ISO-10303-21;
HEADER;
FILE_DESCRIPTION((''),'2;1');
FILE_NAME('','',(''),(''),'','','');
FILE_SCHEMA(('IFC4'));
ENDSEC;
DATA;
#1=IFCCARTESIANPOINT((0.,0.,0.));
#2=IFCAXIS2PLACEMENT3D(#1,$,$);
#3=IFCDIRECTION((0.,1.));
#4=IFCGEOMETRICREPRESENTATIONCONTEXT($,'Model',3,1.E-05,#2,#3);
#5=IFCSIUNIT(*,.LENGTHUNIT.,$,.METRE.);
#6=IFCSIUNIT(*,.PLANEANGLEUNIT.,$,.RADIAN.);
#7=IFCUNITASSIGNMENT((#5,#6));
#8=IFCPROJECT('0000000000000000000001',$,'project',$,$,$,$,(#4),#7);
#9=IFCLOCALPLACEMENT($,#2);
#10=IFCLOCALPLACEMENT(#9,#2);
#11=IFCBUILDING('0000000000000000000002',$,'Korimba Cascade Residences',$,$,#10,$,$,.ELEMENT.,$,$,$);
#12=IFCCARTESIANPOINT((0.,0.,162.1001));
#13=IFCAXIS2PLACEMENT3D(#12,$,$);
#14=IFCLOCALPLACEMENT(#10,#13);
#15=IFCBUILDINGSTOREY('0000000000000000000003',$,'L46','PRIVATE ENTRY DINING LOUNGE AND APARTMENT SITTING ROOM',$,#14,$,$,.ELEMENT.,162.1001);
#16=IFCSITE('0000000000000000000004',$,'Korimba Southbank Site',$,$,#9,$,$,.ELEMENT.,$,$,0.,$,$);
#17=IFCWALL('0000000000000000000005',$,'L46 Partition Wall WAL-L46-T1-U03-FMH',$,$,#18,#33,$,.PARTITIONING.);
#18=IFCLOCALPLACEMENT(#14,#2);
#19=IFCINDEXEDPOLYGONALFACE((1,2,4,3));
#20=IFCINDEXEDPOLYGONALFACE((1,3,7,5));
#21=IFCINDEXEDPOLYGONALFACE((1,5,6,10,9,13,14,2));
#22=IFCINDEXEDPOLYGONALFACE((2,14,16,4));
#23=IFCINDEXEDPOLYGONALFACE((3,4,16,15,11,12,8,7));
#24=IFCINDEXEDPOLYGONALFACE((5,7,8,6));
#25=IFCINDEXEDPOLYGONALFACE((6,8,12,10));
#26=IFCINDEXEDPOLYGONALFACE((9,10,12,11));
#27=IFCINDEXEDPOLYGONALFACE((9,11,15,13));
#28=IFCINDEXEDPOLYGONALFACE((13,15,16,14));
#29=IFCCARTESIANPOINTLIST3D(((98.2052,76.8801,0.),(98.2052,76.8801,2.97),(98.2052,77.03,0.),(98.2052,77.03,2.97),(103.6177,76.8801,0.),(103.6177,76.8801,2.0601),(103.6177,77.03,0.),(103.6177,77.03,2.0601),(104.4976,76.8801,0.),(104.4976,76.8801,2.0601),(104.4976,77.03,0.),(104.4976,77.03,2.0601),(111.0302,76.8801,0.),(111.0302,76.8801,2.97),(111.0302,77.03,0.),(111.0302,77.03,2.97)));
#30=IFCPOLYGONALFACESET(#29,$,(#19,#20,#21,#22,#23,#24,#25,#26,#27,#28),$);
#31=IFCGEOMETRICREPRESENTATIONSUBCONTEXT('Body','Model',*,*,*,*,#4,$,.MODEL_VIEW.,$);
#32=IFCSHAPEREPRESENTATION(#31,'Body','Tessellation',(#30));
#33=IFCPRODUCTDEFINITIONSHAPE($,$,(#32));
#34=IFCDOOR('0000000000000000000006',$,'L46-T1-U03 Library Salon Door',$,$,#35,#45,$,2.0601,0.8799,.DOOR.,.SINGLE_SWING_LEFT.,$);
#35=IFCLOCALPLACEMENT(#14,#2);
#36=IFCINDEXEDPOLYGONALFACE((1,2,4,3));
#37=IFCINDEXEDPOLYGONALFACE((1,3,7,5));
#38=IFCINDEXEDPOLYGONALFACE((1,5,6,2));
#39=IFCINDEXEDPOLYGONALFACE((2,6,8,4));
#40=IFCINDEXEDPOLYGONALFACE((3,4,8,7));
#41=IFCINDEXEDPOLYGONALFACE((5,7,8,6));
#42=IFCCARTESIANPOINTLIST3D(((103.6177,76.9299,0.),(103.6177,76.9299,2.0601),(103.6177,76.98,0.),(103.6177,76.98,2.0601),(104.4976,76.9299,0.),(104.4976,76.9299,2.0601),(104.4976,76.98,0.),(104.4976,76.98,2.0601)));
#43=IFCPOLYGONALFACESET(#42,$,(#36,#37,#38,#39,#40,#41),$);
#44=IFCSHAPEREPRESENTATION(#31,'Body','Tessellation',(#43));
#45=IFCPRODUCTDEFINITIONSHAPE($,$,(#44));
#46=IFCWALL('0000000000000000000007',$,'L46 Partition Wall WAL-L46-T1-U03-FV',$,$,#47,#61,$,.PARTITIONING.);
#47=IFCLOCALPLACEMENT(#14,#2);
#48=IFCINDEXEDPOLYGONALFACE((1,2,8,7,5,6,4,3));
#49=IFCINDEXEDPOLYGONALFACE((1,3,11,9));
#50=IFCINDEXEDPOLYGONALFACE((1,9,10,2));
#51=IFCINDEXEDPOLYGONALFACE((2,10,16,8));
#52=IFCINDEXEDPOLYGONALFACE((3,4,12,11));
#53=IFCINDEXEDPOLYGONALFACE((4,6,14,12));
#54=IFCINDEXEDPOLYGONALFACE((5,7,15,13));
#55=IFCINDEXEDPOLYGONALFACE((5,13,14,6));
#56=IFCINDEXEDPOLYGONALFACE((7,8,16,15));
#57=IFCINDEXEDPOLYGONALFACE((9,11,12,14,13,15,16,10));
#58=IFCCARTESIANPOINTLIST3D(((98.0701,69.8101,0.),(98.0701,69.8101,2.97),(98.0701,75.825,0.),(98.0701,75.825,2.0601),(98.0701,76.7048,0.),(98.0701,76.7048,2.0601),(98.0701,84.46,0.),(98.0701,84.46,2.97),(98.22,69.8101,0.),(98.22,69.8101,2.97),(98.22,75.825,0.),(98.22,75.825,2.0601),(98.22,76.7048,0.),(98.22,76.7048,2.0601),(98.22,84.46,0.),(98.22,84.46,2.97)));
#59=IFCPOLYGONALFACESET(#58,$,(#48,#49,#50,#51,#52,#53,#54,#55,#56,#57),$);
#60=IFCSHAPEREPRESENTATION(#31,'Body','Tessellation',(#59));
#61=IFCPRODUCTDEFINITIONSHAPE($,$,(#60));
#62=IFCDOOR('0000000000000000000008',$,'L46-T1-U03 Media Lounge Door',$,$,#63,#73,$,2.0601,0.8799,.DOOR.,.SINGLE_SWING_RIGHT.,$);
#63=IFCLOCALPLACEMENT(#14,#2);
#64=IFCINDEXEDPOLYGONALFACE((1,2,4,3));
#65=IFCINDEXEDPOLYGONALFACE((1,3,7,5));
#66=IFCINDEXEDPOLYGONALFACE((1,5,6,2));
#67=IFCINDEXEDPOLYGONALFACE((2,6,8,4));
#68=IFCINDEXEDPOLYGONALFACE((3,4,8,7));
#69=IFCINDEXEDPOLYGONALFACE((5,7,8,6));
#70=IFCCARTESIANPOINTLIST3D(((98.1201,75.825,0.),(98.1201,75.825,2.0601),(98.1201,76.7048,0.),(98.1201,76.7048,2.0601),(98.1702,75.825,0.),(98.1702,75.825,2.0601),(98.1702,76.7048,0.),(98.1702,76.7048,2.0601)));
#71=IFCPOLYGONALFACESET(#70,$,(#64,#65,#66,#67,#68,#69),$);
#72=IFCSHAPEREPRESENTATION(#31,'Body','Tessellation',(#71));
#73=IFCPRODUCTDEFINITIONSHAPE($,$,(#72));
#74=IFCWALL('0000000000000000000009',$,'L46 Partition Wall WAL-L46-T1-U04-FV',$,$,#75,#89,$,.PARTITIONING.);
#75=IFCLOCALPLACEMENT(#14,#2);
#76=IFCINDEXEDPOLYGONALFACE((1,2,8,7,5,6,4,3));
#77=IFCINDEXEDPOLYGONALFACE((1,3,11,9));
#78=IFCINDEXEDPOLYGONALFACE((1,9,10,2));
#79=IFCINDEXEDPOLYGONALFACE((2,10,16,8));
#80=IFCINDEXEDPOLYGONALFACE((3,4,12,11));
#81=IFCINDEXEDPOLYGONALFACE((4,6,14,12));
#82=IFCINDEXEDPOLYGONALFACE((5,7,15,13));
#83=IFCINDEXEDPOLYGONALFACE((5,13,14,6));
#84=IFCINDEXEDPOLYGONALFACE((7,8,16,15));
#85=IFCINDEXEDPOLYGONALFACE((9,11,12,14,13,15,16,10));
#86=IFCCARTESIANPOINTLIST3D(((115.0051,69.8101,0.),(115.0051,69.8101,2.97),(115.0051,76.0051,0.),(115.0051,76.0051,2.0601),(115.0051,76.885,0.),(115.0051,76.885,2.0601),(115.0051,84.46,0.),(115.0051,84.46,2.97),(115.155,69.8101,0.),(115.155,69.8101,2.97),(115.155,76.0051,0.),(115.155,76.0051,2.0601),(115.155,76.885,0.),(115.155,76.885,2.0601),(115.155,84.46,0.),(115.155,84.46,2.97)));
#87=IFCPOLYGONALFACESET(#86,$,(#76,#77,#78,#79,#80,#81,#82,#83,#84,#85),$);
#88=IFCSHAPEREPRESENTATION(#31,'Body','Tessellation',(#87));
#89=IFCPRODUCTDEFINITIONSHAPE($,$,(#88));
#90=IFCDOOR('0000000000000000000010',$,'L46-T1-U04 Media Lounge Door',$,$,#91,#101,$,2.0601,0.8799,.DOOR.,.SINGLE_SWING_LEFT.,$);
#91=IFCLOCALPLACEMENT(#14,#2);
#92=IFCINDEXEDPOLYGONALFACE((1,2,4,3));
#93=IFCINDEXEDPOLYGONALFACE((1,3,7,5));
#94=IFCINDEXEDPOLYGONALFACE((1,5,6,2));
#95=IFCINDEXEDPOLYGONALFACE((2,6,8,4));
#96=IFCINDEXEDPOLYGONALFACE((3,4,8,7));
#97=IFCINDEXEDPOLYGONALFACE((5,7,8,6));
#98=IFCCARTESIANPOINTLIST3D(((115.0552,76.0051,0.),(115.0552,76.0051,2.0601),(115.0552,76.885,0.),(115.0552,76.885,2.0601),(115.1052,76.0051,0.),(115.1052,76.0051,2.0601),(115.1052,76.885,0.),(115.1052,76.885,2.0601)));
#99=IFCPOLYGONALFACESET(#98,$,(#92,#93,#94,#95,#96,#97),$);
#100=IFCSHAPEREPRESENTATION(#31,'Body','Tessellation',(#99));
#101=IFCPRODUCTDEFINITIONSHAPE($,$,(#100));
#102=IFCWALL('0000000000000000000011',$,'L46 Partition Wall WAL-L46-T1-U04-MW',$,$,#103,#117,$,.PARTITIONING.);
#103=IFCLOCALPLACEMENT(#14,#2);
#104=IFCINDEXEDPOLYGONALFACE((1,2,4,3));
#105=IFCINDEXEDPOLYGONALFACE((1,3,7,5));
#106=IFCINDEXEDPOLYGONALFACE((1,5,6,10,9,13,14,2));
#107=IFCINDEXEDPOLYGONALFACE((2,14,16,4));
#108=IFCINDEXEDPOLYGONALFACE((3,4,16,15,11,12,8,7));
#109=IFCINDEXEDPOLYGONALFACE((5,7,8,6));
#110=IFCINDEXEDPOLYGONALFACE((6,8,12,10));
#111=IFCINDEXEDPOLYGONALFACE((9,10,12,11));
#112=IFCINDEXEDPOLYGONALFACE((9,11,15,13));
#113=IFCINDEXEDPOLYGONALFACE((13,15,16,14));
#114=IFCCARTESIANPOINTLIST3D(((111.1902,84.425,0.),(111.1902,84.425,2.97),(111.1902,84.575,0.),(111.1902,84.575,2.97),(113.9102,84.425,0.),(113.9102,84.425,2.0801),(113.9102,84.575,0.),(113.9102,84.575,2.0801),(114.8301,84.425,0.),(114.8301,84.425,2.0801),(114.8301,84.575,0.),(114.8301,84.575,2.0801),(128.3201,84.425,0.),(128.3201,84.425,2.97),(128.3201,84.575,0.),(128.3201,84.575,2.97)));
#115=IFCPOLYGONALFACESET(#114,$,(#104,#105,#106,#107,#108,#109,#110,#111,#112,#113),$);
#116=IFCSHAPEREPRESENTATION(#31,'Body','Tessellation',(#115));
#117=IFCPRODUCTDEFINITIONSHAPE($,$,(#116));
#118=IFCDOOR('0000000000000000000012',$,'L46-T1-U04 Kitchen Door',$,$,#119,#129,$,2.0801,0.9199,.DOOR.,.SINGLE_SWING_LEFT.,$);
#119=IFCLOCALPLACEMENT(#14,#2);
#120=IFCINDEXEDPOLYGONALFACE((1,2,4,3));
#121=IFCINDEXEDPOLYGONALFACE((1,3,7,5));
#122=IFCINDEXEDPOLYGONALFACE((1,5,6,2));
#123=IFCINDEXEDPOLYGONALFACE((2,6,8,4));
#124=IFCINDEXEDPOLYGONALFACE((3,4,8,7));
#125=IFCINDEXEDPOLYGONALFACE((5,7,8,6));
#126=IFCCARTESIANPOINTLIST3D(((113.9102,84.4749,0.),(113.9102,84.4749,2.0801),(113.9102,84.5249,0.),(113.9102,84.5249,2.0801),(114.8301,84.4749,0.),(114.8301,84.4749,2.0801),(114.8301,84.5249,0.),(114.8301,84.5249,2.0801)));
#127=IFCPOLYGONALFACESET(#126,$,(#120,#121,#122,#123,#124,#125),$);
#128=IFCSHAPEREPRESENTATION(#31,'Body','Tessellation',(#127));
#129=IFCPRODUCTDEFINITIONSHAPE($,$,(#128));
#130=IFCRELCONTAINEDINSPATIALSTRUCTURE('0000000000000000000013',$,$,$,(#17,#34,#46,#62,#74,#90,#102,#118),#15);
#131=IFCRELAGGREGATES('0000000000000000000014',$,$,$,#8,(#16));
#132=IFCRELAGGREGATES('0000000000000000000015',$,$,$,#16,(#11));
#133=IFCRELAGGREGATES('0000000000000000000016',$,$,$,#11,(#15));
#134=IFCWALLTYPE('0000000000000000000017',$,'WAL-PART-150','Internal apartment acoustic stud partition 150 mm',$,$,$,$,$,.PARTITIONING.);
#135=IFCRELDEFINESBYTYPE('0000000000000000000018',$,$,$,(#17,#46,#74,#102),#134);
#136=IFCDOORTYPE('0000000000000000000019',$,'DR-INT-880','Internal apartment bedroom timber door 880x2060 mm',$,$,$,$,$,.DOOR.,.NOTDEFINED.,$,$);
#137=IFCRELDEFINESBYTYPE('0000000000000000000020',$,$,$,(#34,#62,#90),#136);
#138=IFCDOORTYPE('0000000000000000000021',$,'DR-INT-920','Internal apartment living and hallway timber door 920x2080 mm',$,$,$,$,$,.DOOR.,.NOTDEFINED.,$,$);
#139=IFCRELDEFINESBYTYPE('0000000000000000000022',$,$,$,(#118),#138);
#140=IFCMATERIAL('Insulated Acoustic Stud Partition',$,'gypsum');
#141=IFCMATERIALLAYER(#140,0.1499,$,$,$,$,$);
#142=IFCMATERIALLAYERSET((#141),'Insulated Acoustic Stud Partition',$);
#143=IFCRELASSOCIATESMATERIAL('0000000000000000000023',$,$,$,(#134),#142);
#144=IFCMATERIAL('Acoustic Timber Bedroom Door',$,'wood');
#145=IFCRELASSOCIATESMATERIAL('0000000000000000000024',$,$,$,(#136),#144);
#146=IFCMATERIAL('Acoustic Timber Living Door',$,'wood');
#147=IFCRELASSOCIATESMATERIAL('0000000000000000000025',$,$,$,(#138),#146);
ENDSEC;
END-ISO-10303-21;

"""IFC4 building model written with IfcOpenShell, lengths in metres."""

from ifc_helpers import new_model, si_unit, direction, frame, frame_2d, origin, place, context, subcontext, project, spatial, rectangle, extrude, material, layer, layer_set, type_object, element, fill, save


model = new_model("IFC4")

# Units and contexts
model_context = context("Model", 3, precision=1e-05, world=origin(), true_north=direction((0.0, 1.0)))
body_context = subcontext(model_context, "Body", "Model", "MODEL_VIEW")
ifc_project = project(units=[si_unit("LENGTHUNIT", "METRE"), si_unit("PLANEANGLEUNIT", "RADIAN")], contexts=[model_context])

# Site, building, storey
site_placement = place(None, origin())
site = spatial("IfcSite", under=ifc_project, at=site_placement, Name="Korimba Southbank Site", CompositionType="ELEMENT", RefElevation=0.0)
building_placement = place(site_placement, origin())
building = spatial("IfcBuilding", under=site, at=building_placement, Name="Korimba Cascade Residences", CompositionType="ELEMENT")
storey_placement = place(building_placement, frame((0.0, 0.0, 162.1001)))
storey = spatial("IfcBuildingStorey", under=building, at=storey_placement, Name="L46", Description="PRIVATE ENTRY DINING LOUNGE AND APARTMENT SITTING ROOM", CompositionType="ELEMENT", Elevation=162.1001)

# Shared definitions
ifc_material_1 = material(Name="Insulated Acoustic Stud Partition", Category="gypsum")
ifc_layer_1 = layer(ifc_material_1, 0.1499)
ifc_layer_set_1 = layer_set([ifc_layer_1], Name="Insulated Acoustic Stud Partition")
wall_type_1 = type_object("IfcWallType", Name="WAL-PART-150", Description="Internal apartment acoustic stud partition 150 mm", PredefinedType="PARTITIONING", material=ifc_layer_set_1)
ifc_material_2 = material(Name="Acoustic Timber Bedroom Door", Category="wood")
door_type_1 = type_object("IfcDoorType", Name="DR-INT-880", Description="Internal apartment bedroom timber door 880x2060 mm", OperationType="NOTDEFINED", PredefinedType="DOOR", material=ifc_material_2)

# Walls, openings, doors
wall_1_placement = place(storey_placement, frame((98.2051, 76.9551, 0.0), z_axis=(0.0, 0.0, 1.0), x_axis=(1.0, 0.0, 0.0)))
wall_1 = element("IfcWall", 1, at=wall_1_placement, inside=storey, type_object=wall_type_1, Name="L46 Partition Wall WAL-L46-T1-U03-FMH", PredefinedType="PARTITIONING", context=body_context, shape_type="SweptSolid", body=[
    extrude(rectangle(XDim=12.825, YDim=0.1499, at=frame_2d((6.4126, 0.0))), origin(), (0.0, 0.0, 1.0), 2.97),
])
opening_1_placement = place(wall_1_placement, frame((5.4126, 0.0, 0.0)))
opening_1 = element("IfcOpeningElement", 2, at=opening_1_placement, cuts=wall_1, PredefinedType="OPENING", context=body_context, shape_type="SweptSolid", body=[
    extrude(rectangle(XDim=0.8799, YDim=2.0601, at=frame_2d((0.4399, 1.03))), frame((0.0, 0.085, 0.0), z_axis=(0.0, -1.0, 0.0), x_axis=(1.0, 0.0, 0.0)), (0.0, 0.0, 1.0), 0.1699),
])
door_1_placement = place(opening_1_placement, origin())
door_1 = element("IfcDoor", 3, at=door_1_placement, inside=storey, type_object=door_type_1, Name="L46-T1-U03 Library Salon Door", OperationType="SINGLE_SWING_LEFT", OverallHeight=2.0601, OverallWidth=0.8799, PredefinedType="DOOR", context=body_context, shape_type="SweptSolid", body=[
    extrude(rectangle(XDim=0.8799, YDim=2.0601, at=frame_2d((0.4399, 1.03))), frame((0.0, 0.0249, 0.0), z_axis=(0.0, -1.0, 0.0), x_axis=(1.0, 0.0, 0.0)), (0.0, 0.0, 1.0), 0.05),
])
fill(opening_1, door_1)
wall_2_placement = place(storey_placement, frame((98.145, 69.8101, 0.0), z_axis=(0.0, 0.0, 1.0), x_axis=(0.0, 1.0, 0.0)))
wall_2 = element("IfcWall", 4, at=wall_2_placement, inside=storey, type_object=wall_type_1, Name="L46 Partition Wall WAL-L46-T1-U03-FV", PredefinedType="PARTITIONING", context=body_context, shape_type="SweptSolid", body=[
    extrude(rectangle(XDim=14.6499, YDim=0.1499, at=frame_2d((7.325, 0.0))), origin(), (0.0, 0.0, 1.0), 2.97),
])
opening_2_placement = place(wall_2_placement, frame((6.0149, 0.0, 0.0)))
opening_2 = element("IfcOpeningElement", 5, at=opening_2_placement, cuts=wall_2, PredefinedType="OPENING", context=body_context, shape_type="SweptSolid", body=[
    extrude(rectangle(XDim=0.8799, YDim=2.0601, at=frame_2d((0.4399, 1.03))), frame((0.0, 0.085, 0.0), z_axis=(0.0, -1.0, 0.0), x_axis=(1.0, 0.0, 0.0)), (0.0, 0.0, 1.0), 0.1699),
])
door_2_placement = place(opening_2_placement, origin())
door_2 = element("IfcDoor", 6, at=door_2_placement, inside=storey, type_object=door_type_1, Name="L46-T1-U03 Media Lounge Door", OperationType="SINGLE_SWING_RIGHT", OverallHeight=2.0601, OverallWidth=0.8799, PredefinedType="DOOR", context=body_context, shape_type="SweptSolid", body=[
    extrude(rectangle(XDim=0.8799, YDim=2.0601, at=frame_2d((0.4399, 1.03))), frame((0.0, 0.0249, 0.0), z_axis=(0.0, -1.0, 0.0), x_axis=(1.0, 0.0, 0.0)), (0.0, 0.0, 1.0), 0.05),
])
fill(opening_2, door_2)
wall_3_placement = place(storey_placement, frame((115.0801, 69.8101, 0.0), z_axis=(0.0, 0.0, 1.0), x_axis=(0.0, 1.0, 0.0)))
wall_3 = element("IfcWall", 7, at=wall_3_placement, inside=storey, type_object=wall_type_1, Name="L46 Partition Wall WAL-L46-T1-U04-FV", PredefinedType="PARTITIONING", context=body_context, shape_type="SweptSolid", body=[
    extrude(rectangle(XDim=14.6499, YDim=0.1499, at=frame_2d((7.325, 0.0))), origin(), (0.0, 0.0, 1.0), 2.97),
])
opening_3_placement = place(wall_3_placement, frame((6.1951, 0.0, 0.0)))
opening_3 = element("IfcOpeningElement", 8, at=opening_3_placement, cuts=wall_3, PredefinedType="OPENING", context=body_context, shape_type="SweptSolid", body=[
    extrude(rectangle(XDim=0.8799, YDim=2.0601, at=frame_2d((0.4399, 1.03))), frame((0.0, 0.085, 0.0), z_axis=(0.0, -1.0, 0.0), x_axis=(1.0, 0.0, 0.0)), (0.0, 0.0, 1.0), 0.1699),
])
door_3_placement = place(opening_3_placement, origin())
door_3 = element("IfcDoor", 9, at=door_3_placement, inside=storey, type_object=door_type_1, Name="L46-T1-U04 Media Lounge Door", OperationType="SINGLE_SWING_LEFT", OverallHeight=2.0601, OverallWidth=0.8799, PredefinedType="DOOR", context=body_context, shape_type="SweptSolid", body=[
    extrude(rectangle(XDim=0.8799, YDim=2.0601, at=frame_2d((0.4399, 1.03))), frame((0.0, 0.0249, 0.0), z_axis=(0.0, -1.0, 0.0), x_axis=(1.0, 0.0, 0.0)), (0.0, 0.0, 1.0), 0.05),
])
fill(opening_3, door_3)
wall_4_placement = place(storey_placement, frame((111.1902, 84.5, 0.0), z_axis=(0.0, 0.0, 1.0), x_axis=(1.0, 0.0, 0.0)))
wall_4 = element("IfcWall", 10, at=wall_4_placement, inside=storey, type_object=wall_type_1, Name="L46 Partition Wall WAL-L46-T1-U04-MW", PredefinedType="PARTITIONING", context=body_context, shape_type="SweptSolid", body=[
    extrude(rectangle(XDim=17.1299, YDim=0.1499, at=frame_2d((8.5649, 0.0))), origin(), (0.0, 0.0, 1.0), 2.97),
])
opening_4_placement = place(wall_4_placement, frame((2.72, 0.0, 0.0)))
opening_4 = element("IfcOpeningElement", 11, at=opening_4_placement, cuts=wall_4, PredefinedType="OPENING", context=body_context, shape_type="SweptSolid", body=[
    extrude(rectangle(XDim=0.9199, YDim=2.0801, at=frame_2d((0.46, 1.04))), frame((0.0, 0.085, 0.0), z_axis=(0.0, -1.0, 0.0), x_axis=(1.0, 0.0, 0.0)), (0.0, 0.0, 1.0), 0.1699),
])
ifc_material_3 = material(Name="Acoustic Timber Living Door", Category="wood")
door_type_2 = type_object("IfcDoorType", Name="DR-INT-920", Description="Internal apartment living and hallway timber door 920x2080 mm", OperationType="NOTDEFINED", PredefinedType="DOOR", material=ifc_material_3)
door_4_placement = place(opening_4_placement, origin())
door_4 = element("IfcDoor", 12, at=door_4_placement, inside=storey, type_object=door_type_2, Name="L46-T1-U04 Kitchen Door", OperationType="SINGLE_SWING_LEFT", OverallHeight=2.0801, OverallWidth=0.9199, PredefinedType="DOOR", context=body_context, shape_type="SweptSolid", body=[
    extrude(rectangle(XDim=0.9199, YDim=2.0801, at=frame_2d((0.46, 1.04))), frame((0.0, 0.0249, 0.0), z_axis=(0.0, -1.0, 0.0), x_axis=(1.0, 0.0, 0.0)), (0.0, 0.0, 1.0), 0.05),
])
fill(opening_4, door_4)

save(model, "model.ifc")
